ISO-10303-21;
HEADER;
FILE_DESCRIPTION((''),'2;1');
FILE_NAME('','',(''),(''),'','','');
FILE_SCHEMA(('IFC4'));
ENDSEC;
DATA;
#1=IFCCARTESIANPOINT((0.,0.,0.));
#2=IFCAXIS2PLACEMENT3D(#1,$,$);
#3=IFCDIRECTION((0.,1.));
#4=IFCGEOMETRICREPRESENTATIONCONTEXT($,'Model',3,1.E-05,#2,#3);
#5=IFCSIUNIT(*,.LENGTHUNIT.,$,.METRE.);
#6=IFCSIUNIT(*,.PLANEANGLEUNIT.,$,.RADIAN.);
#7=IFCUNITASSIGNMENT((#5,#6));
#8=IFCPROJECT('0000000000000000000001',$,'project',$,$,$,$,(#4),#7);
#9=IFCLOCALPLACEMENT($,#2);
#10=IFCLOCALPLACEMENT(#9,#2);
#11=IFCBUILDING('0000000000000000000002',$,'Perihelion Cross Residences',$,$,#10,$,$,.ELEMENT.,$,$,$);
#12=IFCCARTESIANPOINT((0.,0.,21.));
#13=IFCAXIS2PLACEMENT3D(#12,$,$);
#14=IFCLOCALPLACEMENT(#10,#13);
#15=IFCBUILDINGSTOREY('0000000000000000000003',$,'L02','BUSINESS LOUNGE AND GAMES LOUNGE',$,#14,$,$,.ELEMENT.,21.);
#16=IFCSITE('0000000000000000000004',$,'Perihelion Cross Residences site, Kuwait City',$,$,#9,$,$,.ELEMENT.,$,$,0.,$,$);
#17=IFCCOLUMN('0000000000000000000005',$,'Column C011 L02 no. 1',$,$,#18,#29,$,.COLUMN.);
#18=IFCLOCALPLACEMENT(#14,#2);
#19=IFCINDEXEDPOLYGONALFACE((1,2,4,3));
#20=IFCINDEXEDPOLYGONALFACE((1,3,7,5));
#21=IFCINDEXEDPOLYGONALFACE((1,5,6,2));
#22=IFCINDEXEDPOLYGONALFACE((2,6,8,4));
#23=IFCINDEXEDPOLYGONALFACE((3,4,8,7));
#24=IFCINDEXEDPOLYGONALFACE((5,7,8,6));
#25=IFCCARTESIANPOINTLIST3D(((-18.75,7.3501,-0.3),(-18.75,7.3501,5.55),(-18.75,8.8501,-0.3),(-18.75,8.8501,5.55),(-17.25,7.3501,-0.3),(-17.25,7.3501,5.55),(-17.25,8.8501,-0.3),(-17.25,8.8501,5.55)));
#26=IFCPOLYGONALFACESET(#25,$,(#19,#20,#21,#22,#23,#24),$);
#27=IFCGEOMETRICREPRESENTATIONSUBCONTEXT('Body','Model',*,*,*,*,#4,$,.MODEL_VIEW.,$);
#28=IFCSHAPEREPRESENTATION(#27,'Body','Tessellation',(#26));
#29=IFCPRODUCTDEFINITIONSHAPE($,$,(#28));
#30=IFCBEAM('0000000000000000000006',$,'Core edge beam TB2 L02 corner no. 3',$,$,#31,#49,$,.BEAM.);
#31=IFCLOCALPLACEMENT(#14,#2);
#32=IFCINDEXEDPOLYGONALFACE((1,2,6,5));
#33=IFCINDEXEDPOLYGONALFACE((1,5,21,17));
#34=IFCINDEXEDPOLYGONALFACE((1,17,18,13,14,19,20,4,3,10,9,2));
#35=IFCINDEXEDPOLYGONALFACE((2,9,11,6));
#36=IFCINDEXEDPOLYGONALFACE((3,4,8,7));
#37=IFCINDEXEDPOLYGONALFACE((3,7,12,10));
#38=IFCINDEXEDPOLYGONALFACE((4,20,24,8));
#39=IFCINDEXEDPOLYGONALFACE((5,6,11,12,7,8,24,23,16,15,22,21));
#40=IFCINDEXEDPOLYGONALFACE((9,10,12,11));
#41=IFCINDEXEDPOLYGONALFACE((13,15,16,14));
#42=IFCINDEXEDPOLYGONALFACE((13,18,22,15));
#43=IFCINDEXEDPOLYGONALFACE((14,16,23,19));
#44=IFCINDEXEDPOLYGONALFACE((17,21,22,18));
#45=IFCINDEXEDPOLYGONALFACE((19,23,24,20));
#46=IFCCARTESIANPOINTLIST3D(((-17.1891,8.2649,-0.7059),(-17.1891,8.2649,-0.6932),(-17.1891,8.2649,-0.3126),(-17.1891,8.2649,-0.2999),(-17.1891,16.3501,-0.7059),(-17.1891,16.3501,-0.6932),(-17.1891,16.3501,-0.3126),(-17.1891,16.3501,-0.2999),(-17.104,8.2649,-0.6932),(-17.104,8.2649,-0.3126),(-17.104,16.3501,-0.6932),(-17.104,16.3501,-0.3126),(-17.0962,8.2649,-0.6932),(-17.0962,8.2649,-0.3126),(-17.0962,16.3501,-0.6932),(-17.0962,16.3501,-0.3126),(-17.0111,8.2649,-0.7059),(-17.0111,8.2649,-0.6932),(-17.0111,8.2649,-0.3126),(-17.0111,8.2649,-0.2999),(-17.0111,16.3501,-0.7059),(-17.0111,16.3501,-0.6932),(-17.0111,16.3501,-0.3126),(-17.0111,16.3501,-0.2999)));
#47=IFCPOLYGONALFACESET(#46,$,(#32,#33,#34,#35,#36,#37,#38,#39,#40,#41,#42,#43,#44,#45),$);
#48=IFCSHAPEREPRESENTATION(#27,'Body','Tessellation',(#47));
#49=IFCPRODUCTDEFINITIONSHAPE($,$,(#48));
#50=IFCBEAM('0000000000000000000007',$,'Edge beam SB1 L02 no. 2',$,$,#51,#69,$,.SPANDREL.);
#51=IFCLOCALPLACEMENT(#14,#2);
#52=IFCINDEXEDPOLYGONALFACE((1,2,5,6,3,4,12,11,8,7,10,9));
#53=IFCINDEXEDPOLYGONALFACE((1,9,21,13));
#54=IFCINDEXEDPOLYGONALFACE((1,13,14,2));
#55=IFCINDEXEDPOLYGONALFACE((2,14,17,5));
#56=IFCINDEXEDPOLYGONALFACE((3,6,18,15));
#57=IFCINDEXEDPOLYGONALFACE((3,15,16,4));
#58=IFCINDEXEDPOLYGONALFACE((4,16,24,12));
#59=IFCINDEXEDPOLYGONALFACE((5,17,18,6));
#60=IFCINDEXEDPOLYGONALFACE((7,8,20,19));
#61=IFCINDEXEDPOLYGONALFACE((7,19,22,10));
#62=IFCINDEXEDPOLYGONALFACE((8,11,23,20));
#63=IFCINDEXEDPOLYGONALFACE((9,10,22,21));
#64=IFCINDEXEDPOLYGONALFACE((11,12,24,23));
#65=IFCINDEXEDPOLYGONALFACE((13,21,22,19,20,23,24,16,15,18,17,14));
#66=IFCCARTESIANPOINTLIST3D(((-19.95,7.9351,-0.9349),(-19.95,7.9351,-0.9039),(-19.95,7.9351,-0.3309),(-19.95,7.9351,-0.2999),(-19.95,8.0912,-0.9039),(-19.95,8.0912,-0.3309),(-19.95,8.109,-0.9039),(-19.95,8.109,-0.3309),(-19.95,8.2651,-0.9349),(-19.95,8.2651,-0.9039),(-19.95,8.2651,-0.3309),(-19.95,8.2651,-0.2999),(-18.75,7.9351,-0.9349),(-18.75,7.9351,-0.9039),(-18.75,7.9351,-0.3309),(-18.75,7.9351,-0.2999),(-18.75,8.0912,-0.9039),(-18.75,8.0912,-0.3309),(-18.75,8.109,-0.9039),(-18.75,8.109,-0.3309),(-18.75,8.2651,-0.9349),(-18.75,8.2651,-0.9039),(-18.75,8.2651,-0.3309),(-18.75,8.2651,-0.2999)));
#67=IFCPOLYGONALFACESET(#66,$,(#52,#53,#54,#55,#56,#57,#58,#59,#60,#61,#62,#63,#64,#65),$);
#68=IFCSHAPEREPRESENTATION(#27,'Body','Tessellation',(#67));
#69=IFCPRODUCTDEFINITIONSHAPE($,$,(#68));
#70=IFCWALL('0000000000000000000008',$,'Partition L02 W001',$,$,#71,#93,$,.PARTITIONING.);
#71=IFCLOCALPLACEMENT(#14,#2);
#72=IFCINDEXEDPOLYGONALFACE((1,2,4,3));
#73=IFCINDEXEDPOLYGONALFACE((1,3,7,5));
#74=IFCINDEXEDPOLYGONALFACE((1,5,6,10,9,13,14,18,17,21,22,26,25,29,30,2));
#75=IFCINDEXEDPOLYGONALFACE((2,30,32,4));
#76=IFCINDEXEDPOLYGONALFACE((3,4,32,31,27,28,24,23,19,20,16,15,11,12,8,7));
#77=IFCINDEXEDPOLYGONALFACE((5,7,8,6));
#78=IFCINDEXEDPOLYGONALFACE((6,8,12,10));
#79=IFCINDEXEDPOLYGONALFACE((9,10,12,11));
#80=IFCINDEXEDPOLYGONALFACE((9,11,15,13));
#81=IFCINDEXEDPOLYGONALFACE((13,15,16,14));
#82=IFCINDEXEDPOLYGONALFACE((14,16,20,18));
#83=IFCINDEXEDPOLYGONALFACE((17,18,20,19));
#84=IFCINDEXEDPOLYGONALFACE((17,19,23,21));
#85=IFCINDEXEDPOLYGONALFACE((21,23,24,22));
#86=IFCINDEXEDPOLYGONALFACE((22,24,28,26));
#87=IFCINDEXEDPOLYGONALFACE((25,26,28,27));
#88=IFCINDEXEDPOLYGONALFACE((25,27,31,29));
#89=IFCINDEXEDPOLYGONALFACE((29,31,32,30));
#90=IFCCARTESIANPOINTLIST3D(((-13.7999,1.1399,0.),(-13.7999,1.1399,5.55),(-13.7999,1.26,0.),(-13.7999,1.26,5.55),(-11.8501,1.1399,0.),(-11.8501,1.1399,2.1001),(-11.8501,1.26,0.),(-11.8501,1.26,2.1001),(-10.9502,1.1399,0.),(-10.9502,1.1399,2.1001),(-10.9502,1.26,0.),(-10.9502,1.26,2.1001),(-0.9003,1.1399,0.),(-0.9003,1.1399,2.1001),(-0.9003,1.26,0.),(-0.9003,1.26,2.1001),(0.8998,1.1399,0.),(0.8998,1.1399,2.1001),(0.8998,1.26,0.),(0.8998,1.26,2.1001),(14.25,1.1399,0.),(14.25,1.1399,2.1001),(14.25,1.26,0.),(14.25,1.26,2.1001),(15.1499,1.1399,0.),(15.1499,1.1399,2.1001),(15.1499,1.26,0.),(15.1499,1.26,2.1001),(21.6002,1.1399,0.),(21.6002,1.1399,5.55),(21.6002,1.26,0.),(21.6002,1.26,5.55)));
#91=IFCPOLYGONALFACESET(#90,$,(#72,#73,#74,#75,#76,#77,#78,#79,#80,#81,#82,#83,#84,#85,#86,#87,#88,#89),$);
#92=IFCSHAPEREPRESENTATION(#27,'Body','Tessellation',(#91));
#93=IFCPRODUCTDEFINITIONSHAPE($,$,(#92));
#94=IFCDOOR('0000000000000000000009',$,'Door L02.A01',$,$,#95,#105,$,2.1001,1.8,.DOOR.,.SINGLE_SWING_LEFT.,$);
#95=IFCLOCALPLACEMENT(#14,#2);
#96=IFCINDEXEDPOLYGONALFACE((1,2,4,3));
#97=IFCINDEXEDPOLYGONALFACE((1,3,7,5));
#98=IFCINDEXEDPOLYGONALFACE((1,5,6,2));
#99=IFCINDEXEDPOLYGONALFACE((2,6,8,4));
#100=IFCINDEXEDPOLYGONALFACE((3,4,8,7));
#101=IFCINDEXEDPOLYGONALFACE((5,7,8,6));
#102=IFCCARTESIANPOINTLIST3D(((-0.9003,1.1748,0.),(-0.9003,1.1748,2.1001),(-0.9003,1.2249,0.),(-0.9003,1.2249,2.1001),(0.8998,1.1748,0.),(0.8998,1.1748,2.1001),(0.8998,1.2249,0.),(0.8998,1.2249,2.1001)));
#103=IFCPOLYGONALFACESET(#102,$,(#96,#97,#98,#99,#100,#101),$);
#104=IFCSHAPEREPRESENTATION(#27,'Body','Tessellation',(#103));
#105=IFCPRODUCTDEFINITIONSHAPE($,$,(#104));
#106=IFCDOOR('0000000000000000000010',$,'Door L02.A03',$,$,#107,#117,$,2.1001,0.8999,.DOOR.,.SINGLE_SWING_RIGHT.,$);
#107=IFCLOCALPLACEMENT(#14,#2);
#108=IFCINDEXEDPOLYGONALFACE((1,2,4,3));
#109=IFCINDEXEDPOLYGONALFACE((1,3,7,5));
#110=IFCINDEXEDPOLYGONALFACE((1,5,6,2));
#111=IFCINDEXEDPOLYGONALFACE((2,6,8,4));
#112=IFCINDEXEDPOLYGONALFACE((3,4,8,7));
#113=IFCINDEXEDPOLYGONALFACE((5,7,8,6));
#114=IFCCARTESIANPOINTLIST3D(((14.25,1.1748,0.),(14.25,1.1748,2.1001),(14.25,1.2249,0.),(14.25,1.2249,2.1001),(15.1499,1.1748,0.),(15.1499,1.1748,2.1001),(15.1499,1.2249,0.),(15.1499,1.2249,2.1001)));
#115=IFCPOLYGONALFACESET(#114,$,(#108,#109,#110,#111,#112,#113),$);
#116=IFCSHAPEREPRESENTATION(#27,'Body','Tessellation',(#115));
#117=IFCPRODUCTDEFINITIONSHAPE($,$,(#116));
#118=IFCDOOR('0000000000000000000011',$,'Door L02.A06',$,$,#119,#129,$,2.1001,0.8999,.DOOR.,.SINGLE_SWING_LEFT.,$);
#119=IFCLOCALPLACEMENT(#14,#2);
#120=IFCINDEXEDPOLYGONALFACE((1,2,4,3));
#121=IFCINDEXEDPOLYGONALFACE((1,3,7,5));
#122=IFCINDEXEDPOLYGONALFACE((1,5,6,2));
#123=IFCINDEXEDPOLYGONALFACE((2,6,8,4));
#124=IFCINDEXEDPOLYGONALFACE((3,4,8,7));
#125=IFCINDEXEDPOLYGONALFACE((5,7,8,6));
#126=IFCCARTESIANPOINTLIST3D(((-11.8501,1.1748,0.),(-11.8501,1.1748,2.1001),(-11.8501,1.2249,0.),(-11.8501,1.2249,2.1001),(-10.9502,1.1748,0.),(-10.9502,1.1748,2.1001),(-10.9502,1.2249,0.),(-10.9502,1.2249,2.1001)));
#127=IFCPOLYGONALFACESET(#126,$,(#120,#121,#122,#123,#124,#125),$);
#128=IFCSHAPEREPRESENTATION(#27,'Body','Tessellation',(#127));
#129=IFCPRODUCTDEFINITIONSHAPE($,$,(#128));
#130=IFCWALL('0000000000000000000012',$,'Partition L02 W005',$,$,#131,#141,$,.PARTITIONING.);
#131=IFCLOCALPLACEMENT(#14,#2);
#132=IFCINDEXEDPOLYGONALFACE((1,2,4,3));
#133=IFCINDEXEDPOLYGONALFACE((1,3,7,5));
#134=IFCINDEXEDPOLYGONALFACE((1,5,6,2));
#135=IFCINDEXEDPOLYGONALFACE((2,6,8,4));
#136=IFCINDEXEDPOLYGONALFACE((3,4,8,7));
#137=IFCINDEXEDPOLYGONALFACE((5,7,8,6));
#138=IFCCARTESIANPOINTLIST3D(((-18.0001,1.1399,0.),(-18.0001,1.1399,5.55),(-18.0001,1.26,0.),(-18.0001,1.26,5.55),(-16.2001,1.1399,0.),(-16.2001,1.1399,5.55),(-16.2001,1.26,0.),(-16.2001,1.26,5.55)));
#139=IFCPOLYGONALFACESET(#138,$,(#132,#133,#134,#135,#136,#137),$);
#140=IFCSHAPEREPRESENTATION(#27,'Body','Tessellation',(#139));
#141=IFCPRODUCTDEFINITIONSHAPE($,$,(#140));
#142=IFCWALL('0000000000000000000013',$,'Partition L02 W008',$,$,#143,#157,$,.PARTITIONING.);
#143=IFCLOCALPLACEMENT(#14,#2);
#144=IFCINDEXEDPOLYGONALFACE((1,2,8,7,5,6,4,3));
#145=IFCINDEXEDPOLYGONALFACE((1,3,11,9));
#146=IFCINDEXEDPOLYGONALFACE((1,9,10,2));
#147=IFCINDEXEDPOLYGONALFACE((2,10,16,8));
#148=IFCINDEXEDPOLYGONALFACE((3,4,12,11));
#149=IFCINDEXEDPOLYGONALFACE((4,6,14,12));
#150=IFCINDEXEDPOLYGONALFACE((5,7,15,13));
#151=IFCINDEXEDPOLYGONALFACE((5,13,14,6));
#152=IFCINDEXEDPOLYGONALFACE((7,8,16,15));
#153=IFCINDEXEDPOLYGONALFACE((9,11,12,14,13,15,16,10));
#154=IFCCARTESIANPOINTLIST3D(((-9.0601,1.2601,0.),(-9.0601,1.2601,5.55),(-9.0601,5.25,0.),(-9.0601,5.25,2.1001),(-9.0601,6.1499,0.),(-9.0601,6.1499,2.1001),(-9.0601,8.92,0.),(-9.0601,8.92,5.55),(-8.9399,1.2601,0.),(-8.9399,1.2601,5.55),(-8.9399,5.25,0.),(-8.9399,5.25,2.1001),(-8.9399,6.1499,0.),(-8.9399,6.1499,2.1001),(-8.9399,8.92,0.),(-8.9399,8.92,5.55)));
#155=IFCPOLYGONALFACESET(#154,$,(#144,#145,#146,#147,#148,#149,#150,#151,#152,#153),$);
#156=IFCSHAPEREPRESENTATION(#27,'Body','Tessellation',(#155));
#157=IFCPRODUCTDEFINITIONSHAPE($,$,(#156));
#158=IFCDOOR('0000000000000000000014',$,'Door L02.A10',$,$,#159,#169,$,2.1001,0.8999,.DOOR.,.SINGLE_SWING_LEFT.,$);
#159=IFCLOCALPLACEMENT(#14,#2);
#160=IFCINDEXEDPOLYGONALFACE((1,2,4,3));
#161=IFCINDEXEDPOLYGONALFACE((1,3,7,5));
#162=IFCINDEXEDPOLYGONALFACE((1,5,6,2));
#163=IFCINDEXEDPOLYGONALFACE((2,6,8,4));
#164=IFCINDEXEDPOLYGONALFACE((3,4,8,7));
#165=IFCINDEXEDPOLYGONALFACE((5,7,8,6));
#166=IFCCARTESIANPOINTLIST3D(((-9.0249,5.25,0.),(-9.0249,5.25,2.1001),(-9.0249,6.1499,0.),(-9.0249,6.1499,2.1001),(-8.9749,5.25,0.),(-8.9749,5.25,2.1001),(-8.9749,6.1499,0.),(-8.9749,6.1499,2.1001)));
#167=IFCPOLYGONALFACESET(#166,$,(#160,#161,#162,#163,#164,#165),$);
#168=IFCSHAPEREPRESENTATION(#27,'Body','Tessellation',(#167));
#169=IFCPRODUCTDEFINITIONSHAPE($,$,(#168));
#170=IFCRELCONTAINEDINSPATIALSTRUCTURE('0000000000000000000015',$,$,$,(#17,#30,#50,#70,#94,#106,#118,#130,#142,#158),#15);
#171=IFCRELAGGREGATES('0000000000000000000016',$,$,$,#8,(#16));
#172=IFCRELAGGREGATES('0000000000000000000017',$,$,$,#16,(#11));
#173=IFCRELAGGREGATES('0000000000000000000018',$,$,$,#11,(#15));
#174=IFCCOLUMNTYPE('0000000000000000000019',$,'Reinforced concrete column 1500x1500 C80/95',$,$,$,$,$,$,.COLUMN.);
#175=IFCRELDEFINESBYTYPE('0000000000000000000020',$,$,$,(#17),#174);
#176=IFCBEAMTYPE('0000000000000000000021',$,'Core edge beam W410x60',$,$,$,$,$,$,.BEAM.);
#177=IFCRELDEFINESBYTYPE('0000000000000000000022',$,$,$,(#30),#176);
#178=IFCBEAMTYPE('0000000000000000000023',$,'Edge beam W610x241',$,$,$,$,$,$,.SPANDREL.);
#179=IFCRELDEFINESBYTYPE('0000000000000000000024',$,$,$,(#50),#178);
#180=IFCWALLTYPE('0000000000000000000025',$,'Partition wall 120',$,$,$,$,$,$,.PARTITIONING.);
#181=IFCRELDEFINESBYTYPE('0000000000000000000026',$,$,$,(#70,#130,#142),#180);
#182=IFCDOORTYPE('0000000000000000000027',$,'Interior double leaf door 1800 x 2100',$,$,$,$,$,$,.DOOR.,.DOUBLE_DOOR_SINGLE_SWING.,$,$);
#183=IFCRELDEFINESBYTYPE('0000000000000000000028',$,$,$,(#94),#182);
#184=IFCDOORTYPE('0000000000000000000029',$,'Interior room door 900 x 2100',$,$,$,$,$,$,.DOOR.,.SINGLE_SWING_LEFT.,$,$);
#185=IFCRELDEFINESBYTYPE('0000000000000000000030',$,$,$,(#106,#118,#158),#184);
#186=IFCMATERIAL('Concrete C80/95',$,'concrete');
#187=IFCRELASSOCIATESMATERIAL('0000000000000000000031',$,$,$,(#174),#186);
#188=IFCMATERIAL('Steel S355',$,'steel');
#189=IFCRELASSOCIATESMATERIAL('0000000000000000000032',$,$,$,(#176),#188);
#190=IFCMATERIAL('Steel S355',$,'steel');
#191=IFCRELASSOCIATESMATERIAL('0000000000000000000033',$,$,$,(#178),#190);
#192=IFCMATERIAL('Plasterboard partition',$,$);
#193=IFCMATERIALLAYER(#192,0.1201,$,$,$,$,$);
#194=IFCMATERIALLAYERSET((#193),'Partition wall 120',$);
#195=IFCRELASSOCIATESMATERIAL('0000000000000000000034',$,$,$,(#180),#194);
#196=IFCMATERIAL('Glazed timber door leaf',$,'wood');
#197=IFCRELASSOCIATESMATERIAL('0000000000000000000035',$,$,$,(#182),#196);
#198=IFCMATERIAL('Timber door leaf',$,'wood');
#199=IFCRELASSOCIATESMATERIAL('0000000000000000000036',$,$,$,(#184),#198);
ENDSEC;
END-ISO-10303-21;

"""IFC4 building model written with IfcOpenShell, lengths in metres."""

from ifc_helpers import new_model, si_unit, direction, frame, frame_2d, origin, origin_2d, place, context, subcontext, project, spatial, rectangle, i_section, extrude, material, layer, layer_set, material_profile, profile_set, type_object, element, fill, save


model = new_model("IFC4")

# Units and contexts
model_context = context("Model", 3, precision=1e-05, world=origin(), true_north=direction((0.0, 1.0)))
body_context = subcontext(model_context, "Body", "Model", "MODEL_VIEW")
ifc_project = project(units=[si_unit("LENGTHUNIT", "METRE"), si_unit("PLANEANGLEUNIT", "RADIAN")], contexts=[model_context])

# Site, building, storey
site_placement = place(None, origin())
site = spatial("IfcSite", under=ifc_project, at=site_placement, Name="Perihelion Cross Residences site, Kuwait City", CompositionType="ELEMENT", RefElevation=0.0)
building_placement = place(site_placement, origin())
building = spatial("IfcBuilding", under=site, at=building_placement, Name="Perihelion Cross Residences", CompositionType="ELEMENT")
storey_placement = place(building_placement, frame((0.0, 0.0, 21.0)))
storey = spatial("IfcBuildingStorey", under=building, at=storey_placement, Name="L02", Description="BUSINESS LOUNGE AND GAMES LOUNGE", CompositionType="ELEMENT", Elevation=21.0)

# Column
ifc_material_1 = material(Name="Concrete C80/95", Category="concrete")
ifc_material_profile_1 = material_profile(ifc_material_1, rectangle(XDim=1.5, YDim=1.5, at=origin_2d()), Name="RC 1500x1500")
ifc_profile_set_1 = profile_set([ifc_material_profile_1], Name="Concrete C80/95")
column_type = type_object("IfcColumnType", Name="Reinforced concrete column 1500x1500 C80/95", PredefinedType="COLUMN", material=ifc_profile_set_1)
column_placement = place(storey_placement, frame((-18.0, 8.1001, -0.3), z_axis=(0.0, 0.0, 1.0), x_axis=(1.0, 0.0, 0.0)))
element("IfcColumn", 1, at=column_placement, inside=storey, type_object=column_type, Name="Column C011 L02 no. 1", PredefinedType="COLUMN", context=body_context, shape_type="SweptSolid", body=[
    extrude(rectangle(XDim=1.5, YDim=1.5, at=origin_2d()), origin(), (0.0, 0.0, 1.0), 5.8501),
])

# Beams
ifc_material_2 = material(Name="Steel S355", Category="steel")
ifc_material_profile_2 = material_profile(ifc_material_2, i_section(OverallWidth=0.178, OverallDepth=0.406, WebThickness=0.0078, FlangeThickness=0.0127, at=origin_2d()), Name="W410x60")
ifc_profile_set_2 = profile_set([ifc_material_profile_2], Name="Steel S355")
beam_type_1 = type_object("IfcBeamType", Name="Core edge beam W410x60", PredefinedType="BEAM", material=ifc_profile_set_2)
beam_1_placement = place(storey_placement, frame((-17.1001, 8.2649, -0.5029), z_axis=(0.0, 1.0, 0.0), x_axis=(-1.0, 0.0, 0.0)))
element("IfcBeam", 2, at=beam_1_placement, inside=storey, type_object=beam_type_1, Name="Core edge beam TB2 L02 corner no. 3", PredefinedType="BEAM", context=body_context, shape_type="SweptSolid", body=[
    extrude(i_section(OverallWidth=0.178, OverallDepth=0.406, WebThickness=0.0078, FlangeThickness=0.0127, at=origin_2d()), origin(), (0.0, 0.0, 1.0), 8.0852),
])
ifc_material_3 = material(Name="Steel S355", Category="steel")
ifc_material_profile_3 = material_profile(ifc_material_3, i_section(OverallWidth=0.3301, OverallDepth=0.635, WebThickness=0.0178, FlangeThickness=0.031, at=origin_2d()), Name="W610x241")
ifc_profile_set_3 = profile_set([ifc_material_profile_3], Name="Steel S355")
beam_type_2 = type_object("IfcBeamType", Name="Edge beam W610x241", PredefinedType="SPANDREL", material=ifc_profile_set_3)
beam_2_placement = place(storey_placement, frame((-18.75, 8.1001, -0.6174), z_axis=(-1.0, 0.0, 0.0), x_axis=(0.0, -1.0, 0.0)))
element("IfcBeam", 3, at=beam_2_placement, inside=storey, type_object=beam_type_2, Name="Edge beam SB1 L02 no. 2", PredefinedType="SPANDREL", context=body_context, shape_type="SweptSolid", body=[
    extrude(i_section(OverallWidth=0.3301, OverallDepth=0.635, WebThickness=0.0178, FlangeThickness=0.031, at=origin_2d()), origin(), (0.0, 0.0, 1.0), 1.2),
])

# Wall, openings, doors
ifc_material_4 = material(Name="Plasterboard partition")
ifc_layer_1 = layer(ifc_material_4, 0.1201)
ifc_layer_set_1 = layer_set([ifc_layer_1], Name="Partition wall 120")
wall_type_1 = type_object("IfcWallType", Name="Partition wall 120", PredefinedType="PARTITIONING", material=ifc_layer_set_1)
wall_1_placement = place(storey_placement, frame((-13.8, 1.2, 0.0), z_axis=(0.0, 0.0, 1.0), x_axis=(1.0, 0.0, 0.0)))
wall_1 = element("IfcWall", 4, at=wall_1_placement, inside=storey, type_object=wall_type_1, Name="Partition L02 W001", PredefinedType="PARTITIONING", context=body_context, shape_type="SweptSolid", body=[
    extrude(rectangle(XDim=35.4001, YDim=0.1201, at=frame_2d((17.7002, 0.0))), origin(), (0.0, 0.0, 1.0), 5.55),
])
opening_1_placement = place(wall_1_placement, frame((12.8999, 0.0, 0.0)))
opening_1 = element("IfcOpeningElement", 5, at=opening_1_placement, cuts=wall_1, PredefinedType="OPENING", context=body_context, shape_type="SweptSolid", body=[
    extrude(rectangle(XDim=1.8, YDim=2.1001, at=frame_2d((0.8999, 1.05))), frame((0.0, 0.0701, 0.0), z_axis=(0.0, -1.0, 0.0), x_axis=(1.0, 0.0, 0.0)), (0.0, 0.0, 1.0), 0.1401),
])
opening_2_placement = place(wall_1_placement, frame((28.05, 0.0, 0.0)))
opening_2 = element("IfcOpeningElement", 6, at=opening_2_placement, cuts=wall_1, PredefinedType="OPENING", context=body_context, shape_type="SweptSolid", body=[
    extrude(rectangle(XDim=0.8999, YDim=2.1001, at=frame_2d((0.45, 1.05))), frame((0.0, 0.0701, 0.0), z_axis=(0.0, -1.0, 0.0), x_axis=(1.0, 0.0, 0.0)), (0.0, 0.0, 1.0), 0.1401),
])
opening_3_placement = place(wall_1_placement, frame((1.95, 0.0, 0.0)))
opening_3 = element("IfcOpeningElement", 7, at=opening_3_placement, cuts=wall_1, PredefinedType="OPENING", context=body_context, shape_type="SweptSolid", body=[
    extrude(rectangle(XDim=0.8999, YDim=2.1001, at=frame_2d((0.45, 1.05))), frame((0.0, 0.0701, 0.0), z_axis=(0.0, -1.0, 0.0), x_axis=(1.0, 0.0, 0.0)), (0.0, 0.0, 1.0), 0.1401),
])
ifc_material_5 = material(Name="Glazed timber door leaf", Category="wood")
door_type_1 = type_object("IfcDoorType", Name="Interior double leaf door 1800 x 2100", OperationType="DOUBLE_DOOR_SINGLE_SWING", PredefinedType="DOOR", material=ifc_material_5)
door_1_placement = place(opening_1_placement, origin())
door_1 = element("IfcDoor", 8, at=door_1_placement, inside=storey, type_object=door_type_1, Name="Door L02.A01", OperationType="SINGLE_SWING_LEFT", OverallHeight=2.1001, OverallWidth=1.8, PredefinedType="DOOR", context=body_context, shape_type="SweptSolid", body=[
    extrude(rectangle(XDim=1.8, YDim=2.1001, at=frame_2d((0.8999, 1.05))), frame((0.0, 0.0249, 0.0), z_axis=(0.0, -1.0, 0.0), x_axis=(1.0, 0.0, 0.0)), (0.0, 0.0, 1.0), 0.05),
])
fill(opening_1, door_1)
ifc_material_6 = material(Name="Timber door leaf", Category="wood")
door_type_2 = type_object("IfcDoorType", Name="Interior room door 900 x 2100", OperationType="SINGLE_SWING_LEFT", PredefinedType="DOOR", material=ifc_material_6)
door_2_placement = place(opening_2_placement, origin())
door_2 = element("IfcDoor", 9, at=door_2_placement, inside=storey, type_object=door_type_2, Name="Door L02.A03", OperationType="SINGLE_SWING_RIGHT", OverallHeight=2.1001, OverallWidth=0.8999, PredefinedType="DOOR", context=body_context, shape_type="SweptSolid", body=[
    extrude(rectangle(XDim=0.8999, YDim=2.1001, at=frame_2d((0.45, 1.05))), frame((0.0, 0.0249, 0.0), z_axis=(0.0, -1.0, 0.0), x_axis=(1.0, 0.0, 0.0)), (0.0, 0.0, 1.0), 0.05),
])
fill(opening_2, door_2)
door_3_placement = place(opening_3_placement, origin())
door_3 = element("IfcDoor", 10, at=door_3_placement, inside=storey, type_object=door_type_2, Name="Door L02.A06", OperationType="SINGLE_SWING_LEFT", OverallHeight=2.1001, OverallWidth=0.8999, PredefinedType="DOOR", context=body_context, shape_type="SweptSolid", body=[
    extrude(rectangle(XDim=0.8999, YDim=2.1001, at=frame_2d((0.45, 1.05))), frame((0.0, 0.0249, 0.0), z_axis=(0.0, -1.0, 0.0), x_axis=(1.0, 0.0, 0.0)), (0.0, 0.0, 1.0), 0.05),
])
fill(opening_3, door_3)

# Wall
wall_2_placement = place(storey_placement, frame((-18.0, 1.2, 0.0), z_axis=(0.0, 0.0, 1.0), x_axis=(1.0, 0.0, 0.0)))
element("IfcWall", 11, at=wall_2_placement, inside=storey, type_object=wall_type_1, Name="Partition L02 W005", PredefinedType="PARTITIONING", context=body_context, shape_type="SweptSolid", body=[
    extrude(rectangle(XDim=1.8, YDim=0.1201, at=frame_2d((0.8999, 0.0))), origin(), (0.0, 0.0, 1.0), 5.55),
])

# Wall, opening, door
wall_3_placement = place(storey_placement, frame((-9.0, 1.26, 0.0), z_axis=(0.0, 0.0, 1.0), x_axis=(0.0, 1.0, 0.0)))
wall_3 = element("IfcWall", 12, at=wall_3_placement, inside=storey, type_object=wall_type_1, Name="Partition L02 W008", PredefinedType="PARTITIONING", context=body_context, shape_type="SweptSolid", body=[
    extrude(rectangle(XDim=7.6599, YDim=0.1201, at=frame_2d((3.8301, 0.0))), origin(), (0.0, 0.0, 1.0), 5.55),
])
opening_4_placement = place(wall_3_placement, frame((3.99, 0.0, 0.0)))
opening_4 = element("IfcOpeningElement", 13, at=opening_4_placement, cuts=wall_3, PredefinedType="OPENING", context=body_context, shape_type="SweptSolid", body=[
    extrude(rectangle(XDim=0.8999, YDim=2.1001, at=frame_2d((0.45, 1.05))), frame((0.0, 0.0701, 0.0), z_axis=(0.0, -1.0, 0.0), x_axis=(1.0, 0.0, 0.0)), (0.0, 0.0, 1.0), 0.1401),
])
door_4_placement = place(opening_4_placement, origin())
door_4 = element("IfcDoor", 14, at=door_4_placement, inside=storey, type_object=door_type_2, Name="Door L02.A10", OperationType="SINGLE_SWING_LEFT", OverallHeight=2.1001, OverallWidth=0.8999, PredefinedType="DOOR", context=body_context, shape_type="SweptSolid", body=[
    extrude(rectangle(XDim=0.8999, YDim=2.1001, at=frame_2d((0.45, 1.05))), frame((0.0, 0.0249, 0.0), z_axis=(0.0, -1.0, 0.0), x_axis=(1.0, 0.0, 0.0)), (0.0, 0.0, 1.0), 0.05),
])
fill(opening_4, door_4)

save(model, "model.ifc")
